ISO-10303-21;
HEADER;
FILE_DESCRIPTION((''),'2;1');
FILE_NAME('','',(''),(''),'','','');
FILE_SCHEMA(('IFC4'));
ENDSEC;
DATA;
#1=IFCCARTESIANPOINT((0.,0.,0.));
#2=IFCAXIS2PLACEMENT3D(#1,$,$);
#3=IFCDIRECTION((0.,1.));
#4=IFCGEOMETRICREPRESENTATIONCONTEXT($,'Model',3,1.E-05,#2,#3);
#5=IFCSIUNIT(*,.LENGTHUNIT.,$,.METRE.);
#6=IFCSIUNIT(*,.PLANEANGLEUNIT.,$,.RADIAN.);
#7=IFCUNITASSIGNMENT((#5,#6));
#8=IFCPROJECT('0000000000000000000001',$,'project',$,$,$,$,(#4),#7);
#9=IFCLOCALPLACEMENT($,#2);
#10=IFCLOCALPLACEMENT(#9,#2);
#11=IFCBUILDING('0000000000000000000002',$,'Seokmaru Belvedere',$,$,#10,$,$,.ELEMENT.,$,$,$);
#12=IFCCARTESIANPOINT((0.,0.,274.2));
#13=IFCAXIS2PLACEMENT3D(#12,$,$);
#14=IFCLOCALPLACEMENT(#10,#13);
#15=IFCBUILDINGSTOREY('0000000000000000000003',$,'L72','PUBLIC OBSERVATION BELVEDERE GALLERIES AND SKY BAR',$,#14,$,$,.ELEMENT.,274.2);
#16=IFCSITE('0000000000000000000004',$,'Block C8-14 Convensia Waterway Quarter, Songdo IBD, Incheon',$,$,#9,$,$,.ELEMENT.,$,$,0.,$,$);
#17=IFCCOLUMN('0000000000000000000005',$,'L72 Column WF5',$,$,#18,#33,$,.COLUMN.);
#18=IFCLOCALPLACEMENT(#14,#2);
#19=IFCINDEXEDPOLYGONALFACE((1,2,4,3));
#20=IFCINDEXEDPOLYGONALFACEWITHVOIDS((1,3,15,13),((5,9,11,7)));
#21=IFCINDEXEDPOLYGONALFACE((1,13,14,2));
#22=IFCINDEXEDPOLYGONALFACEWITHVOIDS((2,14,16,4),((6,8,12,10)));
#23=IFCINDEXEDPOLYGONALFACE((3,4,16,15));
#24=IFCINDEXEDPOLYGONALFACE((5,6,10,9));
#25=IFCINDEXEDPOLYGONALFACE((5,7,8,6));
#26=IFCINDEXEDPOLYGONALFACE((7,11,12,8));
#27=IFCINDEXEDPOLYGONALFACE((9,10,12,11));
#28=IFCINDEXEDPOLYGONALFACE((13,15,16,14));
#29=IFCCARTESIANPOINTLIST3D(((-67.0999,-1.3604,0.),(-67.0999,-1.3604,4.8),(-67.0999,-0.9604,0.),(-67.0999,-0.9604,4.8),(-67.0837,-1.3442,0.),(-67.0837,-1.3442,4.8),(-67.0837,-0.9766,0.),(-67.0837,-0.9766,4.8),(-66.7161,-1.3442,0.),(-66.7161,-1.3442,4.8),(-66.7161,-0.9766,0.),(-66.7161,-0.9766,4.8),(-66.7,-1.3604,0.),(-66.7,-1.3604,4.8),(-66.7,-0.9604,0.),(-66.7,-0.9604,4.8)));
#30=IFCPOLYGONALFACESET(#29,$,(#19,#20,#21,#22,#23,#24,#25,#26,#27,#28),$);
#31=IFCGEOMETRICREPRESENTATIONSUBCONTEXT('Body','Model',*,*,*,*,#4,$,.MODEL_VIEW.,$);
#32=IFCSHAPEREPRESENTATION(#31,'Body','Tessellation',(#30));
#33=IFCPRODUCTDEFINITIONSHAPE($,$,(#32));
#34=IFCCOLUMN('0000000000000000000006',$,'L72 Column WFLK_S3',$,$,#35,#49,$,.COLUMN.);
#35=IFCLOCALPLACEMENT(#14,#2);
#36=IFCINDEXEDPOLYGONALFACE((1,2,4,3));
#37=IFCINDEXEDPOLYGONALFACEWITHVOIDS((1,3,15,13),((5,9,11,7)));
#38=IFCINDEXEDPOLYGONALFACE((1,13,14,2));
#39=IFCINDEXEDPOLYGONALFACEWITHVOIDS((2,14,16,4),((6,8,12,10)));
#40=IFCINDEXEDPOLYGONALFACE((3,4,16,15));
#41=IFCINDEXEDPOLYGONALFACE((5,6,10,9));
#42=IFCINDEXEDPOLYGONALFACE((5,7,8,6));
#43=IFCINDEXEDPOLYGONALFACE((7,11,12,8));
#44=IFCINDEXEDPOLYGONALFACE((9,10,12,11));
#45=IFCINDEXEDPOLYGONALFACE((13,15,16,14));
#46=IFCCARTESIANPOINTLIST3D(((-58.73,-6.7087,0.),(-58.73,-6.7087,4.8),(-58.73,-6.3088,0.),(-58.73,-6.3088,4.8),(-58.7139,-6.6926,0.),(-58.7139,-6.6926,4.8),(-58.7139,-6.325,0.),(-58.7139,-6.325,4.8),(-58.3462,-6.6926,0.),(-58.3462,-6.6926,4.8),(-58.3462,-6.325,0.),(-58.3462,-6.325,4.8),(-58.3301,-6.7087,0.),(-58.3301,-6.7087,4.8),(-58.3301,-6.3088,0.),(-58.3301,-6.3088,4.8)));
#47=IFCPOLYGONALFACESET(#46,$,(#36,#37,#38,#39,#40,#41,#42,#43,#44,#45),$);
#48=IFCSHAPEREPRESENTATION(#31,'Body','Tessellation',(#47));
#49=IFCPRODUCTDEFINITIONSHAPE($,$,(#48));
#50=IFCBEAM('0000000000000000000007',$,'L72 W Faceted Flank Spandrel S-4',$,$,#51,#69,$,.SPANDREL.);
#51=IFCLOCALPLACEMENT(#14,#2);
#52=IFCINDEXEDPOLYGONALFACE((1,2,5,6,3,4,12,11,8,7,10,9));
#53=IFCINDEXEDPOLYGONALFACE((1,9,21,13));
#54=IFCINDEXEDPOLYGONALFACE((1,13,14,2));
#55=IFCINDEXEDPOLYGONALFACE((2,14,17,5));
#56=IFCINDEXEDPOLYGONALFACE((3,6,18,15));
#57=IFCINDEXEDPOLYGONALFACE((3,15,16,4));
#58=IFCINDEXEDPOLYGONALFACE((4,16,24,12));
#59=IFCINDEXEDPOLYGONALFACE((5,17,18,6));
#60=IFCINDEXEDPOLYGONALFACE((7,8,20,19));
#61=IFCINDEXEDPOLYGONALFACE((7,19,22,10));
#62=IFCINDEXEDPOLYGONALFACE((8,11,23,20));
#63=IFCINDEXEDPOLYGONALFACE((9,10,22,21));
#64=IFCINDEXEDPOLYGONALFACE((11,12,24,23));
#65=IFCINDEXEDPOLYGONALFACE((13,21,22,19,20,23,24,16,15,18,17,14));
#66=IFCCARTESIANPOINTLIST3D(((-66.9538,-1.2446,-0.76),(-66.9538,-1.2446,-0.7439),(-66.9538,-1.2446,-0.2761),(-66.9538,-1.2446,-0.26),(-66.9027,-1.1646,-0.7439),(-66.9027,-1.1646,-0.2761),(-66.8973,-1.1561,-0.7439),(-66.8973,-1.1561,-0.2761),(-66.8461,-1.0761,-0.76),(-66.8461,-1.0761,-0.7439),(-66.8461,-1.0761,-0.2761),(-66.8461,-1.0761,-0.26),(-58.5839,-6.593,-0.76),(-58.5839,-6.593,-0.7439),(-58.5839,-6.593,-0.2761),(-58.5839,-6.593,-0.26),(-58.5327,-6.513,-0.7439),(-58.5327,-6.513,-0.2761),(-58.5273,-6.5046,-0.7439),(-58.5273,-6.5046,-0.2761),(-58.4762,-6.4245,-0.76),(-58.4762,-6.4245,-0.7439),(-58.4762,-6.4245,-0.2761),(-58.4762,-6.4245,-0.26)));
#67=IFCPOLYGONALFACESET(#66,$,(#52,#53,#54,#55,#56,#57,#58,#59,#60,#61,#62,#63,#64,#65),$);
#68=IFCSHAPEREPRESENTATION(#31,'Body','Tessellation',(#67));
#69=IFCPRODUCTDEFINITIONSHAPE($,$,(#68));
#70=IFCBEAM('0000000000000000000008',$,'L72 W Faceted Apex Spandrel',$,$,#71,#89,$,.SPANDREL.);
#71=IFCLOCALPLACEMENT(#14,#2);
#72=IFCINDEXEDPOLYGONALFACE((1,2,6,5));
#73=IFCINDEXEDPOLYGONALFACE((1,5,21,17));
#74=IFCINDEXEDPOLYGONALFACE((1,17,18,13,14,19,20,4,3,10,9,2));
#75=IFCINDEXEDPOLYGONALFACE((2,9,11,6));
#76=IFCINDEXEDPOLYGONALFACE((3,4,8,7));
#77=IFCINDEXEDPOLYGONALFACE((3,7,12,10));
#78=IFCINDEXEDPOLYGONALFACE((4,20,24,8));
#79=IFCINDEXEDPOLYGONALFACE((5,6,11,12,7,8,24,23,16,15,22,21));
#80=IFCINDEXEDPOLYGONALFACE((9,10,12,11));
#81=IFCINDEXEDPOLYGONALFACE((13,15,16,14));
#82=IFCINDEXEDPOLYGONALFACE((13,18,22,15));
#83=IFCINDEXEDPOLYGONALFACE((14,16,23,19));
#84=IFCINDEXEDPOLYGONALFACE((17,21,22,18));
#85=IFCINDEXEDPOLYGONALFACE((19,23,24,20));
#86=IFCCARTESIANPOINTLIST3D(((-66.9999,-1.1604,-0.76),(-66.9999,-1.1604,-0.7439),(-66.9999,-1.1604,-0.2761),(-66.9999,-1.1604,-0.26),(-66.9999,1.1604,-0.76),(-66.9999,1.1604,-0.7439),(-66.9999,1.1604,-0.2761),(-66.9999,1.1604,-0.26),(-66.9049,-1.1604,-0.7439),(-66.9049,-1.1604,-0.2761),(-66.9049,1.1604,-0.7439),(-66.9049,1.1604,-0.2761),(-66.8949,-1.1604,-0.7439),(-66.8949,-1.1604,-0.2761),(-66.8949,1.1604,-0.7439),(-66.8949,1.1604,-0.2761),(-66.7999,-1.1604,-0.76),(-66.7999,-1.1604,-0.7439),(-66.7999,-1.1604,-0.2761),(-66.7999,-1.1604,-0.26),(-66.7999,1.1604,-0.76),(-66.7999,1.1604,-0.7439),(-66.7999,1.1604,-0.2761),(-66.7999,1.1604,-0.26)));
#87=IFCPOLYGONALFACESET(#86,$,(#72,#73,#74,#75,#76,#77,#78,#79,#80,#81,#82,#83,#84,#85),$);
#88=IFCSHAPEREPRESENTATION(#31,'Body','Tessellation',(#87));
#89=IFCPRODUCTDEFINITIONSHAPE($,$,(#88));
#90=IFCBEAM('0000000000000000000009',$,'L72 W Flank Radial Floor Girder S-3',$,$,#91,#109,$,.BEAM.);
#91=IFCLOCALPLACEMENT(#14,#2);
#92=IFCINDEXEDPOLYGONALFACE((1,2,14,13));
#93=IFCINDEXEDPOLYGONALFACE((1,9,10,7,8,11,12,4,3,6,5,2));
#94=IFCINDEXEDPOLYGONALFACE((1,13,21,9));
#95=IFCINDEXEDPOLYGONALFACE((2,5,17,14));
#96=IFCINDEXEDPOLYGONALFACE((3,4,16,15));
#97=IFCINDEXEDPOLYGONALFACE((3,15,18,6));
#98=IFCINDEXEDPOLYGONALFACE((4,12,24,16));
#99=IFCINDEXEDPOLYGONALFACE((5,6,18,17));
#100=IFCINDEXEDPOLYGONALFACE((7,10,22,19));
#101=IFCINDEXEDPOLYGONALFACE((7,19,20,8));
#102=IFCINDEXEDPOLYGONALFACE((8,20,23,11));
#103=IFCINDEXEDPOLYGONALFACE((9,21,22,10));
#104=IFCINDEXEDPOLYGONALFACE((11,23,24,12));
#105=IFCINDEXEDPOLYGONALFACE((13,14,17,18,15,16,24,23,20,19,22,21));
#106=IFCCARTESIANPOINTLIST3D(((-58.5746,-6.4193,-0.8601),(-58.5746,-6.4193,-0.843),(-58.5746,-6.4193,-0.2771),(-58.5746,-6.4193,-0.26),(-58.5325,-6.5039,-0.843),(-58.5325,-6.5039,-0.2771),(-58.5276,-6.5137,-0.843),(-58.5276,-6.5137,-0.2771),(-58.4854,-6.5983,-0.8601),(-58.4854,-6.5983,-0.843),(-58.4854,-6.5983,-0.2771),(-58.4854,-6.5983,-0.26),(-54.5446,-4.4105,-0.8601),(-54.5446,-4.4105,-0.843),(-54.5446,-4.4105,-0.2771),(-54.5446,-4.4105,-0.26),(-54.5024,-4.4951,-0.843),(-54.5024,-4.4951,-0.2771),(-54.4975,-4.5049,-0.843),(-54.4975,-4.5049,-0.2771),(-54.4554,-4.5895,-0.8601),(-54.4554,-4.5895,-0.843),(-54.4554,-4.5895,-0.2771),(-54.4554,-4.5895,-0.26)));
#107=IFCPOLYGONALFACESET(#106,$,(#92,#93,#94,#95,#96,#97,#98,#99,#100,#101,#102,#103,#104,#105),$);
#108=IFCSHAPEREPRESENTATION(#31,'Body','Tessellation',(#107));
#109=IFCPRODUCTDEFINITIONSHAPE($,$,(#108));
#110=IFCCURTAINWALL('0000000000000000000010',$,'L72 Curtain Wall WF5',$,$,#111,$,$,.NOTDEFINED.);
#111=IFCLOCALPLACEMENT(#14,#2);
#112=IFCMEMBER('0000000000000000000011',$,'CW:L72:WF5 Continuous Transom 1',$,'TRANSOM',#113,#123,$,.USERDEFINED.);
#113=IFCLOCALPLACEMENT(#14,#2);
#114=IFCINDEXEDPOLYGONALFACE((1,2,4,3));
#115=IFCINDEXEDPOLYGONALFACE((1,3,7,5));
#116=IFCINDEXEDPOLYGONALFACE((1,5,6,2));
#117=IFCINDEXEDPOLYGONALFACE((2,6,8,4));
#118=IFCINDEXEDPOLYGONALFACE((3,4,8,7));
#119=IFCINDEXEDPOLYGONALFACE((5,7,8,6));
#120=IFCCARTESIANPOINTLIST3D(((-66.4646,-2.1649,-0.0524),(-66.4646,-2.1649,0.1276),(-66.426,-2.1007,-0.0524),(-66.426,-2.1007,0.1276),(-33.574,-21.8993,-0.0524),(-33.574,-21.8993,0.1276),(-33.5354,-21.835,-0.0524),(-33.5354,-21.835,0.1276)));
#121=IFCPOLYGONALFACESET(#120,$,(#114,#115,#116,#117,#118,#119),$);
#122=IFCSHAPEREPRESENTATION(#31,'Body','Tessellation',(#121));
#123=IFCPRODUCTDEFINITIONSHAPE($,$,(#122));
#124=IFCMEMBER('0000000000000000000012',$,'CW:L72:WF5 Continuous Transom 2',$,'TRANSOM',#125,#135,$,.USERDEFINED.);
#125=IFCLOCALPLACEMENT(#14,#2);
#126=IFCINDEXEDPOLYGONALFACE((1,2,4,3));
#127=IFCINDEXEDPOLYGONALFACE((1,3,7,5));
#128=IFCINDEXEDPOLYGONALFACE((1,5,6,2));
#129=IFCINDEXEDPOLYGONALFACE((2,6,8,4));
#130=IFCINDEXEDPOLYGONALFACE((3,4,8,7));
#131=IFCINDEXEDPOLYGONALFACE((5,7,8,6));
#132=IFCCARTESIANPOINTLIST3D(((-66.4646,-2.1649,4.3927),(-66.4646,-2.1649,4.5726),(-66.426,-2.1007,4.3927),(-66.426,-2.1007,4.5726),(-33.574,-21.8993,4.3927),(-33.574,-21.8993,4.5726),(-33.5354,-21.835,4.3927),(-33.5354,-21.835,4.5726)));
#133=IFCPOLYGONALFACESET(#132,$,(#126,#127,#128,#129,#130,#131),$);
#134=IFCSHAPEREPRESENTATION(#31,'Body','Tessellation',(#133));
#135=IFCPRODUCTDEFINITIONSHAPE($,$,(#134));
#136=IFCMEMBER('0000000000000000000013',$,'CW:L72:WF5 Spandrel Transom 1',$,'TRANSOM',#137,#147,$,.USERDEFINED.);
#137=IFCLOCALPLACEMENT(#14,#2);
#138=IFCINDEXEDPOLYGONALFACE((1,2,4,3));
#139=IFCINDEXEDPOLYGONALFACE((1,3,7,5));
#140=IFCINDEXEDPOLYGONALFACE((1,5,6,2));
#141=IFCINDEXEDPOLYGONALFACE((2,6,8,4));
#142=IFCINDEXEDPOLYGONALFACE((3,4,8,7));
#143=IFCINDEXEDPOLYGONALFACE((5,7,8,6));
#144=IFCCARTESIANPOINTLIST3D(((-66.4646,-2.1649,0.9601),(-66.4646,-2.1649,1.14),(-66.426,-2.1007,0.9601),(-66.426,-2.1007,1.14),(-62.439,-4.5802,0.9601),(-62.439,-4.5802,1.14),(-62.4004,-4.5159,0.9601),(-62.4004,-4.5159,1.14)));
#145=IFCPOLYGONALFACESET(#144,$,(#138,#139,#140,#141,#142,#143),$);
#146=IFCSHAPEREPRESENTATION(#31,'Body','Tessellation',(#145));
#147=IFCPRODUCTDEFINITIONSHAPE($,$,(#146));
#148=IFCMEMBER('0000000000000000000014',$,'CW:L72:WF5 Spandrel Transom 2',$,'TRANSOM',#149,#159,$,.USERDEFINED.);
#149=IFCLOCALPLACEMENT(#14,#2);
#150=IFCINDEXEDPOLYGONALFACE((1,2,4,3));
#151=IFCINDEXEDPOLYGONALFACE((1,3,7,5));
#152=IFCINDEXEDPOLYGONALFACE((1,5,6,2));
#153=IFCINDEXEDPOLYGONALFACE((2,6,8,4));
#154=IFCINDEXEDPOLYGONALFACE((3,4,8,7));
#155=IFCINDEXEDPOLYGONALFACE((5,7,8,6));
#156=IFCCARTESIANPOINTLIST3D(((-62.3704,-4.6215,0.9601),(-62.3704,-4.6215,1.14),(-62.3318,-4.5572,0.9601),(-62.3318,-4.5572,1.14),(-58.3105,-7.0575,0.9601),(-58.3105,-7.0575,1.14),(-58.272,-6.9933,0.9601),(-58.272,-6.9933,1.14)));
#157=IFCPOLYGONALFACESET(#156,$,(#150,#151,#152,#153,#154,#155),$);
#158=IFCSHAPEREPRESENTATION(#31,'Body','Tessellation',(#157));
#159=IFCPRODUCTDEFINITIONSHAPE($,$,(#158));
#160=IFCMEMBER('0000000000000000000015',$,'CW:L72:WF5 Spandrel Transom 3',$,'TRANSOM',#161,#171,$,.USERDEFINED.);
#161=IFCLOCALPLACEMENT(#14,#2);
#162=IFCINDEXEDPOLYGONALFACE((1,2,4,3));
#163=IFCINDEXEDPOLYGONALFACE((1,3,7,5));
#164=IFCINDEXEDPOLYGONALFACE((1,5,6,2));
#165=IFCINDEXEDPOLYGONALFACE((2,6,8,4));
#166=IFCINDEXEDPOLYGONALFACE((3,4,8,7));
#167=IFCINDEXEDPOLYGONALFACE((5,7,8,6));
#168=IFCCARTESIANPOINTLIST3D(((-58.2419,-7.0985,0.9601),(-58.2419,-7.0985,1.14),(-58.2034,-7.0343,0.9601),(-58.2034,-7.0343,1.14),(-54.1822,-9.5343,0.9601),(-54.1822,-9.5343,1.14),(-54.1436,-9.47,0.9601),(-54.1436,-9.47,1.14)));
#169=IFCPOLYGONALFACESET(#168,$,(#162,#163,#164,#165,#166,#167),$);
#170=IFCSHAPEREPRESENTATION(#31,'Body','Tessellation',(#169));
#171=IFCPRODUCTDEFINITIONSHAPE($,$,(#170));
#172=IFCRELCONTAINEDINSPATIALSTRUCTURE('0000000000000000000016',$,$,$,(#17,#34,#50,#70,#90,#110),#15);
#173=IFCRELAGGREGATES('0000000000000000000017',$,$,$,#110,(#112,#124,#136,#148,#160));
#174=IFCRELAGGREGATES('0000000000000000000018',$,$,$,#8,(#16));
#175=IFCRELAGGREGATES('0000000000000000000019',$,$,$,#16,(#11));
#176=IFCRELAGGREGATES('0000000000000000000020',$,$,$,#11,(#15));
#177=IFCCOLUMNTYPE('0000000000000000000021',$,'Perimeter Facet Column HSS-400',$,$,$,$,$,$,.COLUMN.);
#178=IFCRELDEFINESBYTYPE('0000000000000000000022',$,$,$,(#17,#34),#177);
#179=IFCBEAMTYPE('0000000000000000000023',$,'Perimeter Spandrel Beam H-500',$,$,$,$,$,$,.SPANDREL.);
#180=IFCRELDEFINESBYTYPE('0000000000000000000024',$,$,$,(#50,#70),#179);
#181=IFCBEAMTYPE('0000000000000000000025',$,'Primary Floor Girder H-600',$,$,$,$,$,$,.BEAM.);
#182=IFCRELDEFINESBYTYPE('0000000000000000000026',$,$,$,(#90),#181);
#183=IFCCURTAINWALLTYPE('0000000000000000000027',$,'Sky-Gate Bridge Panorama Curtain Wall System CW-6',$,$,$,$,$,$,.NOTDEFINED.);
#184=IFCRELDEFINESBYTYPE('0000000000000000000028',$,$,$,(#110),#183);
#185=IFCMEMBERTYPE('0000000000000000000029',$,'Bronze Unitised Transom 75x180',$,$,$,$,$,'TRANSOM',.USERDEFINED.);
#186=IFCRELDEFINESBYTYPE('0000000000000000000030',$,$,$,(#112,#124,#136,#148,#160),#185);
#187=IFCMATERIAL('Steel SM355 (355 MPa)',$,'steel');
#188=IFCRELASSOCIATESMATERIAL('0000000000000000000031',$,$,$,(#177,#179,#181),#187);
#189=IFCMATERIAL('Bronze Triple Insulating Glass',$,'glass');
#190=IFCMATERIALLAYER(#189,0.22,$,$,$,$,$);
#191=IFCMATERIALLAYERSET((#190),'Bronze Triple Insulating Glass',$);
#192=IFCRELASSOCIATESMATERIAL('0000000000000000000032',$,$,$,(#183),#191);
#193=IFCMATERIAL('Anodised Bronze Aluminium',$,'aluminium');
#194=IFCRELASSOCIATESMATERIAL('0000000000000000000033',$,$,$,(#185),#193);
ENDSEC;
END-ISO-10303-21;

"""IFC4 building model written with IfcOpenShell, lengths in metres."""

from ifc_helpers import new_model, si_unit, direction, frame, origin, origin_2d, place, context, subcontext, project, spatial, rectangle, hollow_rectangle, i_section, extrude, source, transform, mapped, material, layer, layer_set, material_profile, profile_set, type_object, type_shapes, element, aggregate, save


model = new_model("IFC4")

# Units and contexts
model_context = context("Model", 3, precision=1e-05, world=origin(), true_north=direction((0.0, 1.0)))
body_context = subcontext(model_context, "Body", "Model", "MODEL_VIEW")
ifc_project = project(units=[si_unit("LENGTHUNIT", "METRE"), si_unit("PLANEANGLEUNIT", "RADIAN")], contexts=[model_context])

# Site, building, storey
site_placement = place(None, origin())
site = spatial("IfcSite", under=ifc_project, at=site_placement, Name="Block C8-14 Convensia Waterway Quarter, Songdo IBD, Incheon", CompositionType="ELEMENT", RefElevation=0.0)
building_placement = place(site_placement, origin())
building = spatial("IfcBuilding", under=site, at=building_placement, Name="Seokmaru Belvedere", CompositionType="ELEMENT")
storey_placement = place(building_placement, frame((0.0, 0.0, 274.2)))
storey = spatial("IfcBuildingStorey", under=building, at=storey_placement, Name="L72", Description="PUBLIC OBSERVATION BELVEDERE GALLERIES AND SKY BAR", CompositionType="ELEMENT", Elevation=274.2)

# Columns
ifc_material_1 = material(Name="Steel SM355 (355 MPa)", Category="steel")
ifc_material_profile_1 = material_profile(ifc_material_1, hollow_rectangle(XDim=0.3999, YDim=0.3999, WallThickness=0.0161, at=origin_2d()), Name="HSS-400x400x16")
ifc_profile_set_1 = profile_set([ifc_material_profile_1], Name="Steel SM355 (355 MPa)")
column_type = type_object("IfcColumnType", Name="Perimeter Facet Column HSS-400", PredefinedType="COLUMN", material=ifc_profile_set_1)
shared_shape_1 = source(origin(), body_context, "Body", "SweptSolid", [
    extrude(hollow_rectangle(XDim=0.3999, YDim=0.3999, WallThickness=0.0161, at=origin_2d()), origin(), (0.0, 0.0, 1.0), 4.8),
])
type_shapes(column_type, [shared_shape_1])
for number, where, z_axis, x_axis, name in (
    (1, (-66.8999, -1.1604, 0.0), (0.0, 0.0, 1.0), (1.0, 0.0, 0.0), "L72 Column WF5"),
    (2, (-58.53, -6.5088, 0.0), (0.0, 0.0, 1.0), (1.0, 0.0, 0.0), "L72 Column WFLK_S3"),
):
    element("IfcColumn", number, at=place(storey_placement, frame(where, z_axis=z_axis, x_axis=x_axis)), inside=storey, type_object=column_type, Name=name, PredefinedType="COLUMN", context=body_context, shape_type="MappedRepresentation", body=[
        mapped(shared_shape_1, transform((0.0, 0.0, 0.0), scale=1.0)),
    ])

# Beams
ifc_material_profile_2 = material_profile(ifc_material_1, i_section(OverallWidth=0.2, OverallDepth=0.5, WebThickness=0.01, FlangeThickness=0.0161, at=origin_2d()), Name="H-500x200x10x16")
ifc_profile_set_2 = profile_set([ifc_material_profile_2], Name="Steel SM355 (355 MPa)")
beam_type_1 = type_object("IfcBeamType", Name="Perimeter Spandrel Beam H-500", PredefinedType="SPANDREL", material=ifc_profile_set_2)
shared_shape_2 = source(origin(), body_context, "Body", "SweptSolid", [
    extrude(i_section(OverallWidth=0.2, OverallDepth=0.5, WebThickness=0.01, FlangeThickness=0.0161, at=origin_2d()), origin(), (0.0, 0.0, 1.0), 9.9329),
])
beam_1_placement = place(storey_placement, frame((-58.53, -6.5088, -0.51), z_axis=(-0.842652, 0.538459, 0.0), x_axis=(-0.538459, -0.842652, 0.0)))
element("IfcBeam", 3, at=beam_1_placement, inside=storey, type_object=beam_type_1, Name="L72 W Faceted Flank Spandrel S-4", PredefinedType="SPANDREL", context=body_context, shape_type="MappedRepresentation", body=[
    mapped(shared_shape_2, transform((0.0, 0.0, 0.0), scale=1.0)),
])
shared_shape_3 = source(origin(), body_context, "Body", "SweptSolid", [
    extrude(i_section(OverallWidth=0.2, OverallDepth=0.5, WebThickness=0.01, FlangeThickness=0.0161, at=origin_2d()), origin(), (0.0, 0.0, 1.0), 2.3208),
])
type_shapes(beam_type_1, [shared_shape_2, shared_shape_3])
beam_2_placement = place(storey_placement, frame((-66.8999, -1.1604, -0.51), z_axis=(0.0, 1.0, 0.0), x_axis=(-1.0, 0.0, 0.0)))
element("IfcBeam", 4, at=beam_2_placement, inside=storey, type_object=beam_type_1, Name="L72 W Faceted Apex Spandrel", PredefinedType="SPANDREL", context=body_context, shape_type="MappedRepresentation", body=[
    mapped(shared_shape_3, transform((0.0, 0.0, 0.0), scale=1.0)),
])
ifc_material_profile_3 = material_profile(ifc_material_1, i_section(OverallWidth=0.2, OverallDepth=0.6001, WebThickness=0.011, FlangeThickness=0.0171, at=origin_2d()), Name="H-600x200x11x17")
ifc_profile_set_3 = profile_set([ifc_material_profile_3], Name="Steel SM355 (355 MPa)")
beam_type_2 = type_object("IfcBeamType", Name="Primary Floor Girder H-600", PredefinedType="BEAM", material=ifc_profile_set_3)
shared_shape_4 = source(origin(), body_context, "Body", "SweptSolid", [
    extrude(i_section(OverallWidth=0.2, OverallDepth=0.6001, WebThickness=0.011, FlangeThickness=0.0171, at=origin_2d()), origin(), (0.0, 0.0, 1.0), 4.5029),
])
type_shapes(beam_type_2, [shared_shape_4])
beam_3_placement = place(storey_placement, frame((-58.53, -6.5088, -0.5601), z_axis=(0.89498, 0.446107, 0.0), x_axis=(-0.446107, 0.89498, 0.0)))
element("IfcBeam", 5, at=beam_3_placement, inside=storey, type_object=beam_type_2, Name="L72 W Flank Radial Floor Girder S-3", PredefinedType="BEAM", context=body_context, shape_type="MappedRepresentation", body=[
    mapped(shared_shape_4, transform((0.0, 0.0, 0.0), scale=1.0)),
])

# Curtain wall, members
ifc_material_2 = material(Name="Bronze Triple Insulating Glass", Category="glass")
ifc_layer_1 = layer(ifc_material_2, 0.22)
ifc_layer_set_1 = layer_set([ifc_layer_1], Name="Bronze Triple Insulating Glass")
curtain_wall_type = type_object("IfcCurtainWallType", Name="Sky-Gate Bridge Panorama Curtain Wall System CW-6", PredefinedType="NOTDEFINED", material=ifc_layer_set_1)
curtain_wall_placement = place(storey_placement, origin())
curtain_wall = element("IfcCurtainWall", 6, at=curtain_wall_placement, inside=storey, type_object=curtain_wall_type, Name="L72 Curtain Wall WF5", PredefinedType="NOTDEFINED")
ifc_material_3 = material(Name="Anodised Bronze Aluminium", Category="aluminium")
ifc_material_profile_4 = material_profile(ifc_material_3, rectangle(XDim=0.075, YDim=0.1799, at=origin_2d()), Name="CW-T-75x180")
ifc_profile_set_4 = profile_set([ifc_material_profile_4], Name="Anodised Bronze Aluminium")
member_type_1 = type_object("IfcMemberType", Name="Bronze Unitised Transom 75x180", ElementType="TRANSOM", PredefinedType="USERDEFINED", material=ifc_profile_set_4)
shared_shape_5 = source(origin(), body_context, "Body", "SweptSolid", [
    extrude(rectangle(XDim=0.075, YDim=0.1799, at=origin_2d()), origin(), (0.0, 0.0, 1.0), 38.3567),
])
member_1_placement = place(storey_placement, frame((-66.4453, -2.1328, 0.0376), z_axis=(0.857493, -0.514496, 0.0), x_axis=(0.514496, 0.857493, 0.0)))
member_1 = element("IfcMember", 7, at=member_1_placement, type_object=member_type_1, Name="CW:L72:WF5 Continuous Transom 1", ObjectType="TRANSOM", PredefinedType="USERDEFINED", context=body_context, shape_type="MappedRepresentation", body=[
    mapped(shared_shape_5, transform((0.0, 0.0, 0.0), scale=1.0)),
])
member_2_placement = place(storey_placement, frame((-66.4453, -2.1328, 4.4827), z_axis=(0.857493, -0.514496, 0.0), x_axis=(0.514496, 0.857493, 0.0)))
member_2 = element("IfcMember", 8, at=member_2_placement, type_object=member_type_1, Name="CW:L72:WF5 Continuous Transom 2", ObjectType="TRANSOM", PredefinedType="USERDEFINED", context=body_context, shape_type="MappedRepresentation", body=[
    mapped(shared_shape_5, transform((0.0, 0.0, 0.0), scale=1.0)),
])
shared_shape_6 = source(origin(), body_context, "Body", "SweptSolid", [
    extrude(rectangle(XDim=0.075, YDim=0.1799, at=origin_2d()), origin(), (0.0, 0.0, 1.0), 4.6946),
])
member_3_placement = place(storey_placement, frame((-66.4453, -2.1328, 1.05), z_axis=(0.857502, -0.51448, 0.0), x_axis=(0.51448, 0.857502, 0.0)))
member_3 = element("IfcMember", 9, at=member_3_placement, type_object=member_type_1, Name="CW:L72:WF5 Spandrel Transom 1", ObjectType="TRANSOM", PredefinedType="USERDEFINED", context=body_context, shape_type="MappedRepresentation", body=[
    mapped(shared_shape_6, transform((0.0, 0.0, 0.0), scale=1.0)),
])
shared_shape_7 = source(origin(), body_context, "Body", "SweptSolid", [
    extrude(rectangle(XDim=0.075, YDim=0.1799, at=origin_2d()), origin(), (0.0, 0.0, 1.0), 4.7346),
])
member_4_placement = place(storey_placement, frame((-62.3511, -4.5894, 1.05), z_axis=(0.857479, -0.514519, 0.0), x_axis=(0.514519, 0.857479, 0.0)))
member_4 = element("IfcMember", 10, at=member_4_placement, type_object=member_type_1, Name="CW:L72:WF5 Spandrel Transom 2", ObjectType="TRANSOM", PredefinedType="USERDEFINED", context=body_context, shape_type="MappedRepresentation", body=[
    mapped(shared_shape_7, transform((0.0, 0.0, 0.0), scale=1.0)),
])
shared_shape_8 = source(origin(), body_context, "Body", "SweptSolid", [
    extrude(rectangle(XDim=0.075, YDim=0.1799, at=origin_2d()), origin(), (0.0, 0.0, 1.0), 4.7344),
])
type_shapes(member_type_1, [shared_shape_5, shared_shape_6, shared_shape_7, shared_shape_8])
member_5_placement = place(storey_placement, frame((-58.2227, -7.0664, 1.05), z_axis=(0.857502, -0.514481, 0.0), x_axis=(0.514481, 0.857502, 0.0)))
member_5 = element("IfcMember", 11, at=member_5_placement, type_object=member_type_1, Name="CW:L72:WF5 Spandrel Transom 3", ObjectType="TRANSOM", PredefinedType="USERDEFINED", context=body_context, shape_type="MappedRepresentation", body=[
    mapped(shared_shape_8, transform((0.0, 0.0, 0.0), scale=1.0)),
])
aggregate(curtain_wall, [member_1, member_2, member_3, member_4, member_5])

save(model, "model.ifc")
